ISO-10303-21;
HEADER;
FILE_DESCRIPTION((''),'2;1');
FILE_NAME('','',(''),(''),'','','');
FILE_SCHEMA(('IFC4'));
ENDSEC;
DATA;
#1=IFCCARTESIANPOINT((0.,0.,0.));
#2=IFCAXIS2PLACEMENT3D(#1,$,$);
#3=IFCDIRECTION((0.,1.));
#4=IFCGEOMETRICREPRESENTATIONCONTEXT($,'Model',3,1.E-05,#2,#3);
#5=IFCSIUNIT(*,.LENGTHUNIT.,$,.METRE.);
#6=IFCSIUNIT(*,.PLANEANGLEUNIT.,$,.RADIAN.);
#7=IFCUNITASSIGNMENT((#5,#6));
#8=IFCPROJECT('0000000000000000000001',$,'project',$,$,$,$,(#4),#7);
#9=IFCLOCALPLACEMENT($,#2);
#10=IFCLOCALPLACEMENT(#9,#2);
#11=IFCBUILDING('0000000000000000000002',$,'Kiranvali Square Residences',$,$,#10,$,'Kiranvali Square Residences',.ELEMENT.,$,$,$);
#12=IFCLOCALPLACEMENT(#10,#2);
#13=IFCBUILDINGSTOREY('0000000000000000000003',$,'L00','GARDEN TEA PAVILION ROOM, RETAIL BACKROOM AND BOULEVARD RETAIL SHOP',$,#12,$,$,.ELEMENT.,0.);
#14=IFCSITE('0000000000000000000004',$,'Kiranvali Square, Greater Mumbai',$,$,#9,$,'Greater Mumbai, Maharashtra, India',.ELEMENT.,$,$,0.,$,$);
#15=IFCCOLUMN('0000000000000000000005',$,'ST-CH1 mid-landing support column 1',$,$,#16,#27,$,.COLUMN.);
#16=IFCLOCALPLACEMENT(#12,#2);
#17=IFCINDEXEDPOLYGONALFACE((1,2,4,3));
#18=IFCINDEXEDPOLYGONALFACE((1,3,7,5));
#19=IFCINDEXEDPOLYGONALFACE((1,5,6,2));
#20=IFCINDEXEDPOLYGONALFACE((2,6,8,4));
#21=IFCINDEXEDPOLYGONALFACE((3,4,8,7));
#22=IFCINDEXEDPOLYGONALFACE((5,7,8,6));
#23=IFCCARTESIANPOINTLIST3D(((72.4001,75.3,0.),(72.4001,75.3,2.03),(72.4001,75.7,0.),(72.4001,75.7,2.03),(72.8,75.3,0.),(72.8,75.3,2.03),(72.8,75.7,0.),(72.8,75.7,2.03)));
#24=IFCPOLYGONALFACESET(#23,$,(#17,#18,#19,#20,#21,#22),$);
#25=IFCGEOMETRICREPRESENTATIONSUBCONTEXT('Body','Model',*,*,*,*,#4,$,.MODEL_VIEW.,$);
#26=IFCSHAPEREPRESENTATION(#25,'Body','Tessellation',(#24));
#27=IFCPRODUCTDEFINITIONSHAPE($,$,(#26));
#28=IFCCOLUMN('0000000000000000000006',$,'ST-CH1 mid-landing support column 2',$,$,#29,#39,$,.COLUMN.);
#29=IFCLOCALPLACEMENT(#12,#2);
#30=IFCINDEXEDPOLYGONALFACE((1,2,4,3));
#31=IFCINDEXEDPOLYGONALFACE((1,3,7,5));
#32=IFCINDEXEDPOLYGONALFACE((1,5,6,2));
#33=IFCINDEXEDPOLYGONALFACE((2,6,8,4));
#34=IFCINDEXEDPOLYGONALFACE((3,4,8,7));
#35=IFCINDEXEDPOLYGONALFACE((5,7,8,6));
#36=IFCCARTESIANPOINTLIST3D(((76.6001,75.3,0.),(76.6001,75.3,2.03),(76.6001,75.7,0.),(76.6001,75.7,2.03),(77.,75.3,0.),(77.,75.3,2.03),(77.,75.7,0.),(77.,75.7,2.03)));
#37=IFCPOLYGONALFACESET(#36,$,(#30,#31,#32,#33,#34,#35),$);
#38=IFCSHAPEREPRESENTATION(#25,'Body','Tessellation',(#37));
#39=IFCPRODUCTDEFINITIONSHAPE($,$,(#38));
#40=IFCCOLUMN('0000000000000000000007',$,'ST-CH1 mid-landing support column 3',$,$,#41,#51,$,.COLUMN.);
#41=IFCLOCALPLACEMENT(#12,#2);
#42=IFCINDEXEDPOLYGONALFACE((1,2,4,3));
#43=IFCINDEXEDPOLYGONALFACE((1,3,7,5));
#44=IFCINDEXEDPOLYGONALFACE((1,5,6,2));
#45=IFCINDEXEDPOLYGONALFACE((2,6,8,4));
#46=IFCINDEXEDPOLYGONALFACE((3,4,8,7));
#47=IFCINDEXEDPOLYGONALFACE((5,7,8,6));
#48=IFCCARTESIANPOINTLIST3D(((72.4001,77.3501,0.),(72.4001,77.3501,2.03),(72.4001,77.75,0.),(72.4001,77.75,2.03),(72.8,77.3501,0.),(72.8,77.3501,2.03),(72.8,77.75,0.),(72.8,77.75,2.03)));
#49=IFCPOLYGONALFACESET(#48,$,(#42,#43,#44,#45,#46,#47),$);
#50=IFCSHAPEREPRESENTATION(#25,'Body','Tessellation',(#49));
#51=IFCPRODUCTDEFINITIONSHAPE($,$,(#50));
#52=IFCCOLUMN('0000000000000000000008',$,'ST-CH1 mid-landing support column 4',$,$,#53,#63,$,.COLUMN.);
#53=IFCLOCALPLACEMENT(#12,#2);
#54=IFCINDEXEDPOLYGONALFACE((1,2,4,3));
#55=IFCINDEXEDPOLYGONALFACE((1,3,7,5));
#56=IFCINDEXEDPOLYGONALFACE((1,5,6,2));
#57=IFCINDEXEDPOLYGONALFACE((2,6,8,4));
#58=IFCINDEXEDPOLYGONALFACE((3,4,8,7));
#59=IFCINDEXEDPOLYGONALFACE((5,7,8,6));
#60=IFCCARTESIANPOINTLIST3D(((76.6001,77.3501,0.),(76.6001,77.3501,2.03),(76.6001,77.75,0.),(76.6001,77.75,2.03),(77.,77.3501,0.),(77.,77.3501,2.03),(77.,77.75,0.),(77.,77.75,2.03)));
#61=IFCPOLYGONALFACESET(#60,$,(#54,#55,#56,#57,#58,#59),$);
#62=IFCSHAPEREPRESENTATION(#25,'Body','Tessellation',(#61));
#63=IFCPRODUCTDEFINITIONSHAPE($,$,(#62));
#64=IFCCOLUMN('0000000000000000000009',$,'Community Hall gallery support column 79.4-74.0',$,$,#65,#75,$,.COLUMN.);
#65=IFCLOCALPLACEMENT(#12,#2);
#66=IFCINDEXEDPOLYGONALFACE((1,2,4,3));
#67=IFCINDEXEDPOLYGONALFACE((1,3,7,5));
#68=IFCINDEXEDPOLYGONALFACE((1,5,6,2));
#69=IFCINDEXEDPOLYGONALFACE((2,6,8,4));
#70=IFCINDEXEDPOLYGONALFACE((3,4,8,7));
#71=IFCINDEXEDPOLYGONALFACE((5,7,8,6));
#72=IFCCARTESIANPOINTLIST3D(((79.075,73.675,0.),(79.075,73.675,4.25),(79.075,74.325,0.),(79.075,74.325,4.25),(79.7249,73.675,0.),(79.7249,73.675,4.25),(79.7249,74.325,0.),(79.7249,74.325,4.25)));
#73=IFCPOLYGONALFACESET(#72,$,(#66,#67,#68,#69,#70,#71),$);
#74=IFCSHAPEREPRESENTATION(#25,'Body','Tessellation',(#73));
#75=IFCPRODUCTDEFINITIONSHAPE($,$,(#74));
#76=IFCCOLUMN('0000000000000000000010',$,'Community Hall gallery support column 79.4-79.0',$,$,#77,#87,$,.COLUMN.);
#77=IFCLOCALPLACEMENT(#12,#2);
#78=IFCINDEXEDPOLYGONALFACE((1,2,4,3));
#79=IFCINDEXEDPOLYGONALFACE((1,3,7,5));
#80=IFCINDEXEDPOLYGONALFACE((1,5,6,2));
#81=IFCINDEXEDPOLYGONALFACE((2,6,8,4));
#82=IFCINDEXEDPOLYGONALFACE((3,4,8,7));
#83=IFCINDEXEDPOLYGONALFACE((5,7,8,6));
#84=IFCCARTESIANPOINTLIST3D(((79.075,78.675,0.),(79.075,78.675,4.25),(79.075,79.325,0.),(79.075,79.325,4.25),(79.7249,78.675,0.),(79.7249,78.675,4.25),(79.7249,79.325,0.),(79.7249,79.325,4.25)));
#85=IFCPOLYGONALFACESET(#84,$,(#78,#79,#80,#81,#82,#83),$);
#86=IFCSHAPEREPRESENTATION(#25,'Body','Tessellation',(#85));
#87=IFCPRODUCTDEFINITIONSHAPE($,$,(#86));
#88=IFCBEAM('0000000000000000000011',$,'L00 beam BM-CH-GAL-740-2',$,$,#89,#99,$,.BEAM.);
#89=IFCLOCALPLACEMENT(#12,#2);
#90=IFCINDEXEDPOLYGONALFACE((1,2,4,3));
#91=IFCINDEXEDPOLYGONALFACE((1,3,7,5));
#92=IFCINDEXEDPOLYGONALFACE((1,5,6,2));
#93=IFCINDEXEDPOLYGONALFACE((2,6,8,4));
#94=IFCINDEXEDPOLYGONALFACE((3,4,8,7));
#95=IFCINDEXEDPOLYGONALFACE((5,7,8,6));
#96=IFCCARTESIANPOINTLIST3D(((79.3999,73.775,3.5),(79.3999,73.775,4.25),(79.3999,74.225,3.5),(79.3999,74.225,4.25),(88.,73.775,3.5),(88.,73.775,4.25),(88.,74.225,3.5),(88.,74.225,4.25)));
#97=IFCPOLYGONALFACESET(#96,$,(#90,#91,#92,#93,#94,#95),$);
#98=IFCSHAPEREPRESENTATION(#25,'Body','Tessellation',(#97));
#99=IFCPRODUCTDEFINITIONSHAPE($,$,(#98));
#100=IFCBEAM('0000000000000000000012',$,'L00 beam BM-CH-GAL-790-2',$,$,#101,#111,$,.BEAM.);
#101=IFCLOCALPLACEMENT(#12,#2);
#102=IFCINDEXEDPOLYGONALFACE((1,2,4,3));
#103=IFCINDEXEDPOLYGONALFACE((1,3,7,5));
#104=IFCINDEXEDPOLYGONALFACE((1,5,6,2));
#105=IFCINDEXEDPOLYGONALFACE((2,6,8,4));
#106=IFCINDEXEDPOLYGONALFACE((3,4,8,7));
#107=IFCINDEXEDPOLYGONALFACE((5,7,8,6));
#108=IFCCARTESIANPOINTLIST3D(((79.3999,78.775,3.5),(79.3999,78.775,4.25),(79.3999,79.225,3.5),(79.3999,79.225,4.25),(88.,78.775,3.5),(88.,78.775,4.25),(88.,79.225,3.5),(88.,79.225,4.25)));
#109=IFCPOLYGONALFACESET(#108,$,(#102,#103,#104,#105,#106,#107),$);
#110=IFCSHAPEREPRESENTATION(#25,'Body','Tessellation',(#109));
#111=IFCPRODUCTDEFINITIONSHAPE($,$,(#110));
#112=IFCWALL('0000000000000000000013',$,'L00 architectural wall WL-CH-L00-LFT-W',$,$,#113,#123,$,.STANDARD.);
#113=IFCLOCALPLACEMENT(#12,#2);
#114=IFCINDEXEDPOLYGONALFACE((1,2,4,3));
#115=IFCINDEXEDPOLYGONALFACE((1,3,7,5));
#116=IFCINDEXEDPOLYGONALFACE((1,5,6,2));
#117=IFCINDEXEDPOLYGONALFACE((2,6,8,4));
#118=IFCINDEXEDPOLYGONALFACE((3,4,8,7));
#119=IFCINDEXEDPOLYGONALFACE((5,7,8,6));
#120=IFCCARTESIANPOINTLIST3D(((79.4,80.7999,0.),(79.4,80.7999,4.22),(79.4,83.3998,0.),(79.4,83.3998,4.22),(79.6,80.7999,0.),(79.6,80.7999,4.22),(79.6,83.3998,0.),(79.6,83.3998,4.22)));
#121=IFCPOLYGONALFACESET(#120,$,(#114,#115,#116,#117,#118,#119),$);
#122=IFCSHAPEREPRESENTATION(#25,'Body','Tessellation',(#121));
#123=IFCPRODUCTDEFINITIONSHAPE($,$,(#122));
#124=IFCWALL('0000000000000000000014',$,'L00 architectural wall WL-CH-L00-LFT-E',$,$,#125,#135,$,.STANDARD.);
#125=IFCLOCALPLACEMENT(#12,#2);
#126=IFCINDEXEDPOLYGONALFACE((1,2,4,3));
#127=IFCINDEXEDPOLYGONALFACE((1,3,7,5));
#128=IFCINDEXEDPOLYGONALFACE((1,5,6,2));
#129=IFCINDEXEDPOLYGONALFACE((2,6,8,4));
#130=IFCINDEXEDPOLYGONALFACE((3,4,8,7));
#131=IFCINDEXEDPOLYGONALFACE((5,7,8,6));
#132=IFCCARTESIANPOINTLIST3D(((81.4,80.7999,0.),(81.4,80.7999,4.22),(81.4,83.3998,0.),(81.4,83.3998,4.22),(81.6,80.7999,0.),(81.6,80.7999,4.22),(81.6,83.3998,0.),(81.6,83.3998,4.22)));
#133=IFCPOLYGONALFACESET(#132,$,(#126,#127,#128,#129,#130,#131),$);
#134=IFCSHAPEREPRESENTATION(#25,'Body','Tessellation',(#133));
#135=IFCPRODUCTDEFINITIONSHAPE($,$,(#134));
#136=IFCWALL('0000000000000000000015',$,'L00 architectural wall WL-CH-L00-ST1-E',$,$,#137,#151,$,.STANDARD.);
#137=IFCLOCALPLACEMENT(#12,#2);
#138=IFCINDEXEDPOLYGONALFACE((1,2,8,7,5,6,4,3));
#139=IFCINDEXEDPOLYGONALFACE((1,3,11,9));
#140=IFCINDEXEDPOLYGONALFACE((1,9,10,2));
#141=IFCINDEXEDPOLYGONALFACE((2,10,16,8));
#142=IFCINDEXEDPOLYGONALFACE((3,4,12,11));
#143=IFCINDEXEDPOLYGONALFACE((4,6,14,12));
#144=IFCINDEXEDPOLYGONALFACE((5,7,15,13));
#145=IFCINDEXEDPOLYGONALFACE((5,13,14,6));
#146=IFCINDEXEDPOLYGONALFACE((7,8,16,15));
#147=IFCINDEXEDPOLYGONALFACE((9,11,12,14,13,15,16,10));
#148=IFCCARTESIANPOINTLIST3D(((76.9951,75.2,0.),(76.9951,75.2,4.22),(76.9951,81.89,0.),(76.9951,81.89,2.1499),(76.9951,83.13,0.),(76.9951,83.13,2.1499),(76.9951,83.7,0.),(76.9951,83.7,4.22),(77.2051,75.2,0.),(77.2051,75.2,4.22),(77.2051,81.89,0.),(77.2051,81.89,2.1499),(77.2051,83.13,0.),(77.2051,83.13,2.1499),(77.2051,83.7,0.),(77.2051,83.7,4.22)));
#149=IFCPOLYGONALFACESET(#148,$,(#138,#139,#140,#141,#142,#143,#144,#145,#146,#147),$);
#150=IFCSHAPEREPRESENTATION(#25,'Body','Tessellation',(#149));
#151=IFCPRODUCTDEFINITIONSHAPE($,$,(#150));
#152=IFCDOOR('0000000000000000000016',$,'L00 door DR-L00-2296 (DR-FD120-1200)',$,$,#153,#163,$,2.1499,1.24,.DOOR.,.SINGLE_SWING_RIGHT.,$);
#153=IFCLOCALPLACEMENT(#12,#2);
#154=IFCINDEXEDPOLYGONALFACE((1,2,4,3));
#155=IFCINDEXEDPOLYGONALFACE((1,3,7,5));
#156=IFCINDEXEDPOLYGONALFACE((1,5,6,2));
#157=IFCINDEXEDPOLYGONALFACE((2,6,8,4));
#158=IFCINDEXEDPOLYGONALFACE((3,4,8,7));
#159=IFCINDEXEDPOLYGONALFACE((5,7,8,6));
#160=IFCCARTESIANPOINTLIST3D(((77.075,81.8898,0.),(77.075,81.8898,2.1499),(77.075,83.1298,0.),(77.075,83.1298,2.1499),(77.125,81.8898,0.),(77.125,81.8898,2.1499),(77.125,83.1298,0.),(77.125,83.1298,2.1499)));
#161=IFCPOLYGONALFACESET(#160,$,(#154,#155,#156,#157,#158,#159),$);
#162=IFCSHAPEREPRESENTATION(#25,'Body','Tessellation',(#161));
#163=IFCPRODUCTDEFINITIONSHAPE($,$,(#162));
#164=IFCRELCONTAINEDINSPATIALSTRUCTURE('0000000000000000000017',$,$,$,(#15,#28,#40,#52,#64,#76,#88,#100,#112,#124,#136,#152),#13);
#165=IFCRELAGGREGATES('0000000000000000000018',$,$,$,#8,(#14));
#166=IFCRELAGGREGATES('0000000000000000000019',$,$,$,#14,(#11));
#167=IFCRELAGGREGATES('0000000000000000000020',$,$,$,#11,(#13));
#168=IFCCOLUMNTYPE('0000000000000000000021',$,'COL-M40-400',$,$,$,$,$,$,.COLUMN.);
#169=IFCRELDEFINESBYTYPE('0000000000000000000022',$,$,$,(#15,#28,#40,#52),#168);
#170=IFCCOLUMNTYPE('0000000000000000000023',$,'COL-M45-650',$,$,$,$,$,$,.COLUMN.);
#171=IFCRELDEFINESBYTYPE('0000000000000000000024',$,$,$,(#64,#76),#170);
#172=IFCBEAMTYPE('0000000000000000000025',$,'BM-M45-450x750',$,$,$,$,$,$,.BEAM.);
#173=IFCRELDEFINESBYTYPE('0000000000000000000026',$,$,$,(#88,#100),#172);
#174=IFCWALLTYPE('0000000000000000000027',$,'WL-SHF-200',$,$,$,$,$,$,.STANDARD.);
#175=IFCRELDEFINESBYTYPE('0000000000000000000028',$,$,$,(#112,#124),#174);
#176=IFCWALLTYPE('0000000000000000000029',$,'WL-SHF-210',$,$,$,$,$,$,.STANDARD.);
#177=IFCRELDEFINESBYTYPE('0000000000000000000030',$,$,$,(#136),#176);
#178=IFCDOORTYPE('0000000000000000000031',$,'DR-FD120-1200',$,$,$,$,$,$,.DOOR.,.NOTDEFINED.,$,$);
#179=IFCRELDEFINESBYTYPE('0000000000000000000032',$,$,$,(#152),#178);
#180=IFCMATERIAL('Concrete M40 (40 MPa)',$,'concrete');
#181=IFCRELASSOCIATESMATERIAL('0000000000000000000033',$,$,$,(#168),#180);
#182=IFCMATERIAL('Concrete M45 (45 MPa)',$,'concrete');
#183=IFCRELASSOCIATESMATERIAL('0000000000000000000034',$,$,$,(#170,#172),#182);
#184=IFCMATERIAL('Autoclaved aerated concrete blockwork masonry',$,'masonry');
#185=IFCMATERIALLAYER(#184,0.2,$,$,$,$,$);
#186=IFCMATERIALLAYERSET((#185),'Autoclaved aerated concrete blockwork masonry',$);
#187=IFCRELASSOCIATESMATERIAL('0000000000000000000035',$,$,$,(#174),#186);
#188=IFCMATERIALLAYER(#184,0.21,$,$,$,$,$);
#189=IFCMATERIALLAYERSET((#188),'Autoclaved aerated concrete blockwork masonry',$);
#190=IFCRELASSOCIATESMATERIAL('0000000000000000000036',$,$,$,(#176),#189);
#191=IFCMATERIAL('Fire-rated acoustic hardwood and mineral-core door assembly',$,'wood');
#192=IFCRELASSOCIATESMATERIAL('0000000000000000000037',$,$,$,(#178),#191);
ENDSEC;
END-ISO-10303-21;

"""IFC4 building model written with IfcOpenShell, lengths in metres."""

from ifc_helpers import new_model, si_unit, direction, frame, frame_2d, origin, origin_2d, place, context, subcontext, project, spatial, rectangle, extrude, material, layer, layer_set, material_profile, profile_set, type_object, element, fill, save


model = new_model("IFC4")

# Units and contexts
model_context = context("Model", 3, precision=1e-05, world=origin(), true_north=direction((0.0, 1.0)))
body_context = subcontext(model_context, "Body", "Model", "MODEL_VIEW")
ifc_project = project(units=[si_unit("LENGTHUNIT", "METRE"), si_unit("PLANEANGLEUNIT", "RADIAN")], contexts=[model_context])

# Site, building, storey
site_placement = place(None, origin())
site = spatial("IfcSite", under=ifc_project, at=site_placement, Name="Kiranvali Square, Greater Mumbai", LongName="Greater Mumbai, Maharashtra, India", CompositionType="ELEMENT", RefElevation=0.0)
building_placement = place(site_placement, origin())
building = spatial("IfcBuilding", under=site, at=building_placement, Name="Kiranvali Square Residences", LongName="Kiranvali Square Residences", CompositionType="ELEMENT")
storey_placement = place(building_placement, origin())
storey = spatial("IfcBuildingStorey", under=building, at=storey_placement, Name="L00", Description="GARDEN TEA PAVILION ROOM, RETAIL BACKROOM AND BOULEVARD RETAIL SHOP", CompositionType="ELEMENT", Elevation=0.0)

# Columns
ifc_material_1 = material(Name="Concrete M40 (40 MPa)", Category="concrete")
ifc_material_profile_1 = material_profile(ifc_material_1, rectangle(XDim=0.3999, YDim=0.3999, at=origin_2d()), Name="RC 400x400")
ifc_profile_set_1 = profile_set([ifc_material_profile_1], Name="Concrete M40 (40 MPa)")
column_type_1 = type_object("IfcColumnType", Name="COL-M40-400", PredefinedType="COLUMN", material=ifc_profile_set_1)
for number, where, z_axis, x_axis, name in (
    (1, (72.6001, 75.5, 0.0), (0.0, 0.0, 1.0), (1.0, 0.0, 0.0), "ST-CH1 mid-landing support column 1"),
    (2, (76.8, 75.5, 0.0), (0.0, 0.0, 1.0), (1.0, 0.0, 0.0), "ST-CH1 mid-landing support column 2"),
    (3, (72.6001, 77.55, 0.0), (0.0, 0.0, 1.0), (1.0, 0.0, 0.0), "ST-CH1 mid-landing support column 3"),
    (4, (76.8, 77.55, 0.0), (0.0, 0.0, 1.0), (1.0, 0.0, 0.0), "ST-CH1 mid-landing support column 4"),
):
    element("IfcColumn", number, at=place(storey_placement, frame(where, z_axis=z_axis, x_axis=x_axis)), inside=storey, type_object=column_type_1, Name=name, PredefinedType="COLUMN", context=body_context, shape_type="SweptSolid", body=[
        extrude(rectangle(XDim=0.3999, YDim=0.3999, at=origin_2d()), origin(), (0.0, 0.0, 1.0), 2.03),
    ])
ifc_material_2 = material(Name="Concrete M45 (45 MPa)", Category="concrete")
ifc_material_profile_2 = material_profile(ifc_material_2, rectangle(XDim=0.6499, YDim=0.6499, at=origin_2d()), Name="RC 650x650")
ifc_profile_set_2 = profile_set([ifc_material_profile_2], Name="Concrete M45 (45 MPa)")
column_type_2 = type_object("IfcColumnType", Name="COL-M45-650", PredefinedType="COLUMN", material=ifc_profile_set_2)
for number, where, z_axis, x_axis, name in (
    (5, (79.3999, 74.0, 0.0), (0.0, 0.0, 1.0), (1.0, 0.0, 0.0), "Community Hall gallery support column 79.4-74.0"),
    (6, (79.3999, 79.0, 0.0), (0.0, 0.0, 1.0), (1.0, 0.0, 0.0), "Community Hall gallery support column 79.4-79.0"),
):
    element("IfcColumn", number, at=place(storey_placement, frame(where, z_axis=z_axis, x_axis=x_axis)), inside=storey, type_object=column_type_2, Name=name, PredefinedType="COLUMN", context=body_context, shape_type="SweptSolid", body=[
        extrude(rectangle(XDim=0.6499, YDim=0.6499, at=origin_2d()), origin(), (0.0, 0.0, 1.0), 4.25),
    ])

# Beams
ifc_material_profile_3 = material_profile(ifc_material_2, rectangle(XDim=0.45, YDim=0.75, at=origin_2d()), Name="RC 450x750")
ifc_profile_set_3 = profile_set([ifc_material_profile_3], Name="Concrete M45 (45 MPa)")
beam_type = type_object("IfcBeamType", Name="BM-M45-450x750", PredefinedType="BEAM", material=ifc_profile_set_3)
for number, where, z_axis, x_axis, name in (
    (7, (79.3999, 74.0, 3.875), (1.0, 0.0, 0.0), (0.0, 1.0, 0.0), "L00 beam BM-CH-GAL-740-2"),
    (8, (79.3999, 79.0, 3.875), (1.0, 0.0, 0.0), (0.0, 1.0, 0.0), "L00 beam BM-CH-GAL-790-2"),
):
    element("IfcBeam", number, at=place(storey_placement, frame(where, z_axis=z_axis, x_axis=x_axis)), inside=storey, type_object=beam_type, Name=name, PredefinedType="BEAM", context=body_context, shape_type="SweptSolid", body=[
        extrude(rectangle(XDim=0.45, YDim=0.75, at=origin_2d()), origin(), (0.0, 0.0, 1.0), 8.6001),
    ])

# Shared definitions
ifc_material_3 = material(Name="Autoclaved aerated concrete blockwork masonry", Category="masonry")
ifc_layer_1 = layer(ifc_material_3, 0.2)
ifc_layer_set_1 = layer_set([ifc_layer_1], Name="Autoclaved aerated concrete blockwork masonry")
wall_type_1 = type_object("IfcWallType", Name="WL-SHF-200", PredefinedType="STANDARD", material=ifc_layer_set_1)
ifc_material_4 = material(Name="Fire-rated acoustic hardwood and mineral-core door assembly", Category="wood")

# Walls
for number, where, z_axis, x_axis, name in (
    (9, (79.5, 80.8, 0.0), (0.0, 0.0, 1.0), (0.0, 1.0, 0.0), "L00 architectural wall WL-CH-L00-LFT-W"),
    (10, (81.5, 80.8, 0.0), (0.0, 0.0, 1.0), (0.0, 1.0, 0.0), "L00 architectural wall WL-CH-L00-LFT-E"),
):
    element("IfcWall", number, at=place(storey_placement, frame(where, z_axis=z_axis, x_axis=x_axis)), inside=storey, type_object=wall_type_1, Name=name, PredefinedType="STANDARD", context=body_context, shape_type="SweptSolid", body=[
        extrude(rectangle(XDim=2.5999, YDim=0.2, at=frame_2d((1.2998, 0.0))), origin(), (0.0, 0.0, 1.0), 4.22),
    ])

# Wall, opening, door
ifc_layer_2 = layer(ifc_material_3, 0.21)
ifc_layer_set_2 = layer_set([ifc_layer_2], Name="Autoclaved aerated concrete blockwork masonry")
wall_type_2 = type_object("IfcWallType", Name="WL-SHF-210", PredefinedType="STANDARD", material=ifc_layer_set_2)
wall_1_placement = place(storey_placement, frame((77.1001, 75.2, 0.0), z_axis=(0.0, 0.0, 1.0), x_axis=(0.0, 1.0, 0.0)))
wall_1 = element("IfcWall", 11, at=wall_1_placement, inside=storey, type_object=wall_type_2, Name="L00 architectural wall WL-CH-L00-ST1-E", PredefinedType="STANDARD", context=body_context, shape_type="SweptSolid", body=[
    extrude(rectangle(XDim=8.5, YDim=0.21, at=frame_2d((4.25, 0.0))), origin(), (0.0, 0.0, 1.0), 4.22),
])
opening_1_placement = place(wall_1_placement, frame((6.6899, 0.0, 0.0)))
opening_1 = element("IfcOpeningElement", 12, at=opening_1_placement, cuts=wall_1, PredefinedType="OPENING", context=body_context, shape_type="SweptSolid", body=[
    extrude(rectangle(XDim=1.24, YDim=2.1499, at=frame_2d((0.6201, 1.075))), frame((0.0, 0.115, 0.0), z_axis=(0.0, -1.0, 0.0), x_axis=(1.0, 0.0, 0.0)), (0.0, 0.0, 1.0), 0.23),
])
door_type_1 = type_object("IfcDoorType", Name="DR-FD120-1200", OperationType="NOTDEFINED", PredefinedType="DOOR", material=ifc_material_4)
door_1_placement = place(opening_1_placement, frame((1.24, 0.0, 0.0), z_axis=(0.0, 0.0, 1.0), x_axis=(-1.0, 0.0, 0.0)))
door_1 = element("IfcDoor", 13, at=door_1_placement, inside=storey, type_object=door_type_1, Name="L00 door DR-L00-2296 (DR-FD120-1200)", OperationType="SINGLE_SWING_RIGHT", OverallHeight=2.1499, OverallWidth=1.24, PredefinedType="DOOR", context=body_context, shape_type="SweptSolid", body=[
    extrude(rectangle(XDim=1.24, YDim=2.1499, at=frame_2d((0.6201, 1.075))), frame((0.0, 0.0249, 0.0), z_axis=(0.0, -1.0, 0.0), x_axis=(1.0, 0.0, 0.0)), (0.0, 0.0, 1.0), 0.05),
])
fill(opening_1, door_1)

save(model, "model.ifc")
